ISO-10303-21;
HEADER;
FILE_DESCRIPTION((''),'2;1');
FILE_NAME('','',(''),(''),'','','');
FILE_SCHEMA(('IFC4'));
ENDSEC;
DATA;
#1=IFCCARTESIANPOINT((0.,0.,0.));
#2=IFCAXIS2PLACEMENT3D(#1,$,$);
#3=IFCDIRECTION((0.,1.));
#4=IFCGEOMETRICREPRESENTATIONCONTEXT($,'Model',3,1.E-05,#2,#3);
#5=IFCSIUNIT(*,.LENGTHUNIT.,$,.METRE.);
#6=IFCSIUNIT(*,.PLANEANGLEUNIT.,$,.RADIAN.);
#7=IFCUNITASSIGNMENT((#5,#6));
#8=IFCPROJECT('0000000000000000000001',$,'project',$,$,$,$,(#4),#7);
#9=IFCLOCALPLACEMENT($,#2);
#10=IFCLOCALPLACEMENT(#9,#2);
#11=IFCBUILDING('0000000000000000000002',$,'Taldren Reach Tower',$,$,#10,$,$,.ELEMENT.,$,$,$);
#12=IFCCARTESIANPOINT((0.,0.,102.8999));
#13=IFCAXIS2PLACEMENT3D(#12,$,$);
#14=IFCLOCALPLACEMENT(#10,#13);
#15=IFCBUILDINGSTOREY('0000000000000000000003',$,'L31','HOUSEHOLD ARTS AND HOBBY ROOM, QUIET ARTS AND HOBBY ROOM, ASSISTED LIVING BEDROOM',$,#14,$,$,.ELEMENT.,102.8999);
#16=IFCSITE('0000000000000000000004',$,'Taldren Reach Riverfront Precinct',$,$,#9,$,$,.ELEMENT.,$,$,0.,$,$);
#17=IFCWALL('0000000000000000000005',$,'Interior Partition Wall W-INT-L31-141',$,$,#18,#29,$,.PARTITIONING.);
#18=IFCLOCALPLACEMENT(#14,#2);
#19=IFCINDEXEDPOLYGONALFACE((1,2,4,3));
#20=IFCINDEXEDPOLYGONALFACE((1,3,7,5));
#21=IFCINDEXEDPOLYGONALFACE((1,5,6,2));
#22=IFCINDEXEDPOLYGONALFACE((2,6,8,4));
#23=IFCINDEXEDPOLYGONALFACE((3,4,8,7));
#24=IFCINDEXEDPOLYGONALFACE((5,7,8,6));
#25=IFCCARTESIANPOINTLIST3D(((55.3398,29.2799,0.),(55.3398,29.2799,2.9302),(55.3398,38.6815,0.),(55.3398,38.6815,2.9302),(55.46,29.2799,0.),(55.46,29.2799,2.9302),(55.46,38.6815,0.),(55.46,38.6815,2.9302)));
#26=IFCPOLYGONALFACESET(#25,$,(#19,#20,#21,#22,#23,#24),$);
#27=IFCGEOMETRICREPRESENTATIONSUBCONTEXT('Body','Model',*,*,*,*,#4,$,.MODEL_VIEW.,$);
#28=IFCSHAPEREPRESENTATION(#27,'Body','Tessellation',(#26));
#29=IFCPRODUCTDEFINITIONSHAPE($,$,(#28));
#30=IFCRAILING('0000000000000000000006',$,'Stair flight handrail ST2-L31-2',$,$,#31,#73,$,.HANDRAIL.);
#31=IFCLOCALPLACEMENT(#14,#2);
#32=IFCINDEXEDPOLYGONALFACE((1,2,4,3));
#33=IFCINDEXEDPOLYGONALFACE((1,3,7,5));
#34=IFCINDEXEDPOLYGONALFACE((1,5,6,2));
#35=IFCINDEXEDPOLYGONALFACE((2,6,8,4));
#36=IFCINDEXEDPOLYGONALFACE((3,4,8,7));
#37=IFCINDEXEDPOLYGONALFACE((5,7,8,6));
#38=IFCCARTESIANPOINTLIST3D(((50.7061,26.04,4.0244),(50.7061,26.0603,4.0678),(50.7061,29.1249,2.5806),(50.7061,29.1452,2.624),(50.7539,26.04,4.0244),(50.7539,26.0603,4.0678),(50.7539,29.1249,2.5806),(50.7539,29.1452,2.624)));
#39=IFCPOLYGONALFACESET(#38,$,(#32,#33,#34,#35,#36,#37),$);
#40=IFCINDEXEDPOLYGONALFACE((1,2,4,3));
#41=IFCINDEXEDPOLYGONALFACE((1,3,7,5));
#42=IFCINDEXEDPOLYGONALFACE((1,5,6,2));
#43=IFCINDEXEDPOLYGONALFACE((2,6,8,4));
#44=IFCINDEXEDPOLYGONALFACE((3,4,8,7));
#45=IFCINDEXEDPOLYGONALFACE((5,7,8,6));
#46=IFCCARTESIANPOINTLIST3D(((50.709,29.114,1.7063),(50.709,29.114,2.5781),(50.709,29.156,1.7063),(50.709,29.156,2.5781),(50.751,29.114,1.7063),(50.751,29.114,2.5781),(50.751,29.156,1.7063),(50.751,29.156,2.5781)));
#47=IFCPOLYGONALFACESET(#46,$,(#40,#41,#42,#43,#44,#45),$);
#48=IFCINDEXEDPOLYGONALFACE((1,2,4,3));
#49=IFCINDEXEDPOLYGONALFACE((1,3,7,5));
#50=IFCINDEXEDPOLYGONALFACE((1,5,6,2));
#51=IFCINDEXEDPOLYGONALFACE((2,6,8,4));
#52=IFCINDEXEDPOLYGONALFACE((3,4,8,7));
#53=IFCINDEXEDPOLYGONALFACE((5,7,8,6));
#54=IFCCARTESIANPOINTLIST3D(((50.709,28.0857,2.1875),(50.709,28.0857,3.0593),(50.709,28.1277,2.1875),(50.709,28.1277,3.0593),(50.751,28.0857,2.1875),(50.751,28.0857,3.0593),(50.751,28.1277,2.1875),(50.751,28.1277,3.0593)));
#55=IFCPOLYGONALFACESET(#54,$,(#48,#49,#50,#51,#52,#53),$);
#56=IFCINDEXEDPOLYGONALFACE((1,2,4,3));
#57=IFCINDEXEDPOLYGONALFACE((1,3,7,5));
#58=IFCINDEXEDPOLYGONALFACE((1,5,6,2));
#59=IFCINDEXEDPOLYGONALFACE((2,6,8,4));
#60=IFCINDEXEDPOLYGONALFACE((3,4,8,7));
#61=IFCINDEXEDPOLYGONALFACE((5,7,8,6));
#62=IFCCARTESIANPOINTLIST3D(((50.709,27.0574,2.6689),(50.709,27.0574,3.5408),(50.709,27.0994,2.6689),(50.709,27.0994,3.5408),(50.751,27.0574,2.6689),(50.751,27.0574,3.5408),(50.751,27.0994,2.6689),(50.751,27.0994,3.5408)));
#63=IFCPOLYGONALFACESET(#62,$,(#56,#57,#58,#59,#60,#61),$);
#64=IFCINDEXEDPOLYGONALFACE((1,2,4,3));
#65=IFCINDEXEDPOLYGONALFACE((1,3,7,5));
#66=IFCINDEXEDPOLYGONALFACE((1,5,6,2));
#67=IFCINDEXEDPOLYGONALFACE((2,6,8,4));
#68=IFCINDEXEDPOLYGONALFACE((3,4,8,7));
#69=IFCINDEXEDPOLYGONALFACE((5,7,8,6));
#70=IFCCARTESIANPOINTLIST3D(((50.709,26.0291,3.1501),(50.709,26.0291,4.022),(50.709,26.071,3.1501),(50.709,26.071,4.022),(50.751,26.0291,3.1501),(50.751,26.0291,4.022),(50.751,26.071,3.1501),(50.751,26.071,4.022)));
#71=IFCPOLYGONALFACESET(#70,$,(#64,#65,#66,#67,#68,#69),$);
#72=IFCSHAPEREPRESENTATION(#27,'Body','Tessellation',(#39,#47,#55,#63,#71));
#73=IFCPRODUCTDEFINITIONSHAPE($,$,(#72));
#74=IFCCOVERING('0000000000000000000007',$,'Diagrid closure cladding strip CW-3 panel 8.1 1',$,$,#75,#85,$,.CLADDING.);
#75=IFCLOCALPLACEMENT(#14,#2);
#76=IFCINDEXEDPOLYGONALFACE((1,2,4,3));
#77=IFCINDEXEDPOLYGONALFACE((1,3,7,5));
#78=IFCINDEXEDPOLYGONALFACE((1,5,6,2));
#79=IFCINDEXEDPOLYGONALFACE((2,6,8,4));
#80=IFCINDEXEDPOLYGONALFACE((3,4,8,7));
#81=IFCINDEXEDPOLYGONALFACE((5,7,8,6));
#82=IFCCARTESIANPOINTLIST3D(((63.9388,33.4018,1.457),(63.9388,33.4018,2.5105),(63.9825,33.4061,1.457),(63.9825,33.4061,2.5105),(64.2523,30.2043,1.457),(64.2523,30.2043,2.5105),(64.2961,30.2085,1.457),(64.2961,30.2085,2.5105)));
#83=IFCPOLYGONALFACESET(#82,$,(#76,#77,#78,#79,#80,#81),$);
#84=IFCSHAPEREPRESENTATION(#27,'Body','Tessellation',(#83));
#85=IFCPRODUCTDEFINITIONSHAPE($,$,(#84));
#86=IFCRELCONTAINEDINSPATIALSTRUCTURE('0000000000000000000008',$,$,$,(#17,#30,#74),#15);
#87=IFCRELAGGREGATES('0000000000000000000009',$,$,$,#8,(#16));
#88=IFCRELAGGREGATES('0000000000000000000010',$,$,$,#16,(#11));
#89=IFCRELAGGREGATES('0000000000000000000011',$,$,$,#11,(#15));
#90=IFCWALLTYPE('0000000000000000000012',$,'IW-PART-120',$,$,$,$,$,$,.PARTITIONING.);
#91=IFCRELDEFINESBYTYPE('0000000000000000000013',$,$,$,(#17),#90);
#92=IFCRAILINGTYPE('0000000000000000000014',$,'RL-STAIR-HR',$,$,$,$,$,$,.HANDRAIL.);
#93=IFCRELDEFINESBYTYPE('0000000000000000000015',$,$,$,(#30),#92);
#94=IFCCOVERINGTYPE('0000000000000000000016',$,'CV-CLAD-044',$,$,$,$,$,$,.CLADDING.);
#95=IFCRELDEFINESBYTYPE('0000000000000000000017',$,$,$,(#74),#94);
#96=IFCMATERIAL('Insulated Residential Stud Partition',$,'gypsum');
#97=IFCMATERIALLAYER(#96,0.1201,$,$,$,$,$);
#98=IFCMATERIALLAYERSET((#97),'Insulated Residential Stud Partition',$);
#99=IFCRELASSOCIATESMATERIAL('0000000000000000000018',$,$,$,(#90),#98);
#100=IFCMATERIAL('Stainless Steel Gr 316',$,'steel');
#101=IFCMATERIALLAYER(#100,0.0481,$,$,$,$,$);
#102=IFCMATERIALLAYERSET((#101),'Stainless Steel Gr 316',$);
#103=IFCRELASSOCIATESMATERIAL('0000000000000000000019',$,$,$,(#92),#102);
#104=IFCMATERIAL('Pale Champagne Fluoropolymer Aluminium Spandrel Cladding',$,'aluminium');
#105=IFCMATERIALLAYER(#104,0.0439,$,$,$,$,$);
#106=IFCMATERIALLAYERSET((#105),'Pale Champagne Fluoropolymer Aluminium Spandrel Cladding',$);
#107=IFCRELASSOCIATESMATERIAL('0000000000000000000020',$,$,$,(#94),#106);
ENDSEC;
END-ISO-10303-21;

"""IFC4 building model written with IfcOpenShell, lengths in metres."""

from ifc_helpers import new_model, si_unit, direction, frame, frame_2d, origin, origin_2d, place, context, subcontext, project, spatial, rectangle, extrude, source, transform, mapped, material, layer, layer_set, type_object, element, save


model = new_model("IFC4")

# Units and contexts
model_context = context("Model", 3, precision=1e-05, world=origin(), true_north=direction((0.0, 1.0)))
body_context = subcontext(model_context, "Body", "Model", "MODEL_VIEW")
ifc_project = project(units=[si_unit("LENGTHUNIT", "METRE"), si_unit("PLANEANGLEUNIT", "RADIAN")], contexts=[model_context])

# Site, building, storey
site_placement = place(None, origin())
site = spatial("IfcSite", under=ifc_project, at=site_placement, Name="Taldren Reach Riverfront Precinct", CompositionType="ELEMENT", RefElevation=0.0)
building_placement = place(site_placement, origin())
building = spatial("IfcBuilding", under=site, at=building_placement, Name="Taldren Reach Tower", CompositionType="ELEMENT")
storey_placement = place(building_placement, frame((0.0, 0.0, 102.8999)))
storey = spatial("IfcBuildingStorey", under=building, at=storey_placement, Name="L31", Description="HOUSEHOLD ARTS AND HOBBY ROOM, QUIET ARTS AND HOBBY ROOM, ASSISTED LIVING BEDROOM", CompositionType="ELEMENT", Elevation=102.8999)

# Shared definitions
ifc_material_1 = material(Name="Insulated Residential Stud Partition", Category="gypsum")
ifc_layer_1 = layer(ifc_material_1, 0.1201)
ifc_layer_set_1 = layer_set([ifc_layer_1], Name="Insulated Residential Stud Partition")
wall_type_1 = type_object("IfcWallType", Name="IW-PART-120", PredefinedType="PARTITIONING", material=ifc_layer_set_1)

# Wall
shared_shape_1 = source(origin(), body_context, "Body", "SweptSolid", [
    extrude(rectangle(XDim=9.4016, YDim=0.1201, at=frame_2d((4.7007, 0.0))), origin(), (0.0, 0.0, 1.0), 2.9302),
])
wall_1_placement = place(storey_placement, frame((55.3999, 29.28, 0.0), z_axis=(0.0, 0.0, 1.0), x_axis=(0.0, 1.0, 0.0)))
element("IfcWall", 1, at=wall_1_placement, inside=storey, type_object=wall_type_1, Name="Interior Partition Wall W-INT-L31-141", PredefinedType="PARTITIONING", context=body_context, shape_type="MappedRepresentation", body=[
    mapped(shared_shape_1, transform((0.0, 0.0, 0.0), scale=1.0)),
])

# Railing
ifc_material_2 = material(Name="Stainless Steel Gr 316", Category="steel")
ifc_layer_2 = layer(ifc_material_2, 0.0481)
ifc_layer_set_2 = layer_set([ifc_layer_2], Name="Stainless Steel Gr 316")
railing_type = type_object("IfcRailingType", Name="RL-STAIR-HR", PredefinedType="HANDRAIL", material=ifc_layer_set_2)
railing_placement = place(storey_placement, frame((50.73, 29.135, 1.7063)))
element("IfcRailing", 2, at=railing_placement, inside=storey, type_object=railing_type, Name="Stair flight handrail ST2-L31-2", PredefinedType="HANDRAIL", context=body_context, shape_type="SweptSolid", body=[
    extrude(rectangle(XDim=0.0479, YDim=0.0479, at=origin_2d()), frame((0.0, 0.0, 0.896), z_axis=(0.0, -0.90571, 0.423898), x_axis=(1.0, 0.0, 0.0)), (0.0, 0.0, 1.0), 3.406),
    extrude(rectangle(XDim=0.042, YDim=0.042, at=origin_2d()), origin(), (0.0, 0.0, 1.0), 0.8718),
    extrude(rectangle(XDim=0.042, YDim=0.042, at=origin_2d()), frame((0.0, -1.0283, 0.4812)), (0.0, 0.0, 1.0), 0.8718),
    extrude(rectangle(XDim=0.042, YDim=0.042, at=origin_2d()), frame((0.0, -2.0566, 0.9626)), (0.0, 0.0, 1.0), 0.8718),
    extrude(rectangle(XDim=0.042, YDim=0.042, at=origin_2d()), frame((0.0, -3.085, 1.4438)), (0.0, 0.0, 1.0), 0.8718),
])

# Covering
ifc_material_3 = material(Name="Pale Champagne Fluoropolymer Aluminium Spandrel Cladding", Category="aluminium")
ifc_layer_3 = layer(ifc_material_3, 0.0439)
ifc_layer_set_3 = layer_set([ifc_layer_3], Name="Pale Champagne Fluoropolymer Aluminium Spandrel Cladding")
covering_type = type_object("IfcCoveringType", Name="CV-CLAD-044", PredefinedType="CLADDING", material=ifc_layer_set_3)
shared_shape_2 = source(origin(), body_context, "Body", "SweptSolid", [
    extrude(rectangle(XDim=3.2129, YDim=0.0439, at=origin_2d()), origin(), (0.0, 0.0, 1.0), 1.0535),
])
covering_placement = place(storey_placement, frame((64.1174, 31.8052, 1.457), z_axis=(0.0, 0.0, 1.0), x_axis=(-0.097583, 0.995227, 0.0)))
element("IfcCovering", 3, at=covering_placement, inside=storey, type_object=covering_type, Name="Diagrid closure cladding strip CW-3 panel 8.1 1", PredefinedType="CLADDING", context=body_context, shape_type="MappedRepresentation", body=[
    mapped(shared_shape_2, transform((0.0, 0.0, 0.0), scale=1.0)),
])

save(model, "model.ifc")
